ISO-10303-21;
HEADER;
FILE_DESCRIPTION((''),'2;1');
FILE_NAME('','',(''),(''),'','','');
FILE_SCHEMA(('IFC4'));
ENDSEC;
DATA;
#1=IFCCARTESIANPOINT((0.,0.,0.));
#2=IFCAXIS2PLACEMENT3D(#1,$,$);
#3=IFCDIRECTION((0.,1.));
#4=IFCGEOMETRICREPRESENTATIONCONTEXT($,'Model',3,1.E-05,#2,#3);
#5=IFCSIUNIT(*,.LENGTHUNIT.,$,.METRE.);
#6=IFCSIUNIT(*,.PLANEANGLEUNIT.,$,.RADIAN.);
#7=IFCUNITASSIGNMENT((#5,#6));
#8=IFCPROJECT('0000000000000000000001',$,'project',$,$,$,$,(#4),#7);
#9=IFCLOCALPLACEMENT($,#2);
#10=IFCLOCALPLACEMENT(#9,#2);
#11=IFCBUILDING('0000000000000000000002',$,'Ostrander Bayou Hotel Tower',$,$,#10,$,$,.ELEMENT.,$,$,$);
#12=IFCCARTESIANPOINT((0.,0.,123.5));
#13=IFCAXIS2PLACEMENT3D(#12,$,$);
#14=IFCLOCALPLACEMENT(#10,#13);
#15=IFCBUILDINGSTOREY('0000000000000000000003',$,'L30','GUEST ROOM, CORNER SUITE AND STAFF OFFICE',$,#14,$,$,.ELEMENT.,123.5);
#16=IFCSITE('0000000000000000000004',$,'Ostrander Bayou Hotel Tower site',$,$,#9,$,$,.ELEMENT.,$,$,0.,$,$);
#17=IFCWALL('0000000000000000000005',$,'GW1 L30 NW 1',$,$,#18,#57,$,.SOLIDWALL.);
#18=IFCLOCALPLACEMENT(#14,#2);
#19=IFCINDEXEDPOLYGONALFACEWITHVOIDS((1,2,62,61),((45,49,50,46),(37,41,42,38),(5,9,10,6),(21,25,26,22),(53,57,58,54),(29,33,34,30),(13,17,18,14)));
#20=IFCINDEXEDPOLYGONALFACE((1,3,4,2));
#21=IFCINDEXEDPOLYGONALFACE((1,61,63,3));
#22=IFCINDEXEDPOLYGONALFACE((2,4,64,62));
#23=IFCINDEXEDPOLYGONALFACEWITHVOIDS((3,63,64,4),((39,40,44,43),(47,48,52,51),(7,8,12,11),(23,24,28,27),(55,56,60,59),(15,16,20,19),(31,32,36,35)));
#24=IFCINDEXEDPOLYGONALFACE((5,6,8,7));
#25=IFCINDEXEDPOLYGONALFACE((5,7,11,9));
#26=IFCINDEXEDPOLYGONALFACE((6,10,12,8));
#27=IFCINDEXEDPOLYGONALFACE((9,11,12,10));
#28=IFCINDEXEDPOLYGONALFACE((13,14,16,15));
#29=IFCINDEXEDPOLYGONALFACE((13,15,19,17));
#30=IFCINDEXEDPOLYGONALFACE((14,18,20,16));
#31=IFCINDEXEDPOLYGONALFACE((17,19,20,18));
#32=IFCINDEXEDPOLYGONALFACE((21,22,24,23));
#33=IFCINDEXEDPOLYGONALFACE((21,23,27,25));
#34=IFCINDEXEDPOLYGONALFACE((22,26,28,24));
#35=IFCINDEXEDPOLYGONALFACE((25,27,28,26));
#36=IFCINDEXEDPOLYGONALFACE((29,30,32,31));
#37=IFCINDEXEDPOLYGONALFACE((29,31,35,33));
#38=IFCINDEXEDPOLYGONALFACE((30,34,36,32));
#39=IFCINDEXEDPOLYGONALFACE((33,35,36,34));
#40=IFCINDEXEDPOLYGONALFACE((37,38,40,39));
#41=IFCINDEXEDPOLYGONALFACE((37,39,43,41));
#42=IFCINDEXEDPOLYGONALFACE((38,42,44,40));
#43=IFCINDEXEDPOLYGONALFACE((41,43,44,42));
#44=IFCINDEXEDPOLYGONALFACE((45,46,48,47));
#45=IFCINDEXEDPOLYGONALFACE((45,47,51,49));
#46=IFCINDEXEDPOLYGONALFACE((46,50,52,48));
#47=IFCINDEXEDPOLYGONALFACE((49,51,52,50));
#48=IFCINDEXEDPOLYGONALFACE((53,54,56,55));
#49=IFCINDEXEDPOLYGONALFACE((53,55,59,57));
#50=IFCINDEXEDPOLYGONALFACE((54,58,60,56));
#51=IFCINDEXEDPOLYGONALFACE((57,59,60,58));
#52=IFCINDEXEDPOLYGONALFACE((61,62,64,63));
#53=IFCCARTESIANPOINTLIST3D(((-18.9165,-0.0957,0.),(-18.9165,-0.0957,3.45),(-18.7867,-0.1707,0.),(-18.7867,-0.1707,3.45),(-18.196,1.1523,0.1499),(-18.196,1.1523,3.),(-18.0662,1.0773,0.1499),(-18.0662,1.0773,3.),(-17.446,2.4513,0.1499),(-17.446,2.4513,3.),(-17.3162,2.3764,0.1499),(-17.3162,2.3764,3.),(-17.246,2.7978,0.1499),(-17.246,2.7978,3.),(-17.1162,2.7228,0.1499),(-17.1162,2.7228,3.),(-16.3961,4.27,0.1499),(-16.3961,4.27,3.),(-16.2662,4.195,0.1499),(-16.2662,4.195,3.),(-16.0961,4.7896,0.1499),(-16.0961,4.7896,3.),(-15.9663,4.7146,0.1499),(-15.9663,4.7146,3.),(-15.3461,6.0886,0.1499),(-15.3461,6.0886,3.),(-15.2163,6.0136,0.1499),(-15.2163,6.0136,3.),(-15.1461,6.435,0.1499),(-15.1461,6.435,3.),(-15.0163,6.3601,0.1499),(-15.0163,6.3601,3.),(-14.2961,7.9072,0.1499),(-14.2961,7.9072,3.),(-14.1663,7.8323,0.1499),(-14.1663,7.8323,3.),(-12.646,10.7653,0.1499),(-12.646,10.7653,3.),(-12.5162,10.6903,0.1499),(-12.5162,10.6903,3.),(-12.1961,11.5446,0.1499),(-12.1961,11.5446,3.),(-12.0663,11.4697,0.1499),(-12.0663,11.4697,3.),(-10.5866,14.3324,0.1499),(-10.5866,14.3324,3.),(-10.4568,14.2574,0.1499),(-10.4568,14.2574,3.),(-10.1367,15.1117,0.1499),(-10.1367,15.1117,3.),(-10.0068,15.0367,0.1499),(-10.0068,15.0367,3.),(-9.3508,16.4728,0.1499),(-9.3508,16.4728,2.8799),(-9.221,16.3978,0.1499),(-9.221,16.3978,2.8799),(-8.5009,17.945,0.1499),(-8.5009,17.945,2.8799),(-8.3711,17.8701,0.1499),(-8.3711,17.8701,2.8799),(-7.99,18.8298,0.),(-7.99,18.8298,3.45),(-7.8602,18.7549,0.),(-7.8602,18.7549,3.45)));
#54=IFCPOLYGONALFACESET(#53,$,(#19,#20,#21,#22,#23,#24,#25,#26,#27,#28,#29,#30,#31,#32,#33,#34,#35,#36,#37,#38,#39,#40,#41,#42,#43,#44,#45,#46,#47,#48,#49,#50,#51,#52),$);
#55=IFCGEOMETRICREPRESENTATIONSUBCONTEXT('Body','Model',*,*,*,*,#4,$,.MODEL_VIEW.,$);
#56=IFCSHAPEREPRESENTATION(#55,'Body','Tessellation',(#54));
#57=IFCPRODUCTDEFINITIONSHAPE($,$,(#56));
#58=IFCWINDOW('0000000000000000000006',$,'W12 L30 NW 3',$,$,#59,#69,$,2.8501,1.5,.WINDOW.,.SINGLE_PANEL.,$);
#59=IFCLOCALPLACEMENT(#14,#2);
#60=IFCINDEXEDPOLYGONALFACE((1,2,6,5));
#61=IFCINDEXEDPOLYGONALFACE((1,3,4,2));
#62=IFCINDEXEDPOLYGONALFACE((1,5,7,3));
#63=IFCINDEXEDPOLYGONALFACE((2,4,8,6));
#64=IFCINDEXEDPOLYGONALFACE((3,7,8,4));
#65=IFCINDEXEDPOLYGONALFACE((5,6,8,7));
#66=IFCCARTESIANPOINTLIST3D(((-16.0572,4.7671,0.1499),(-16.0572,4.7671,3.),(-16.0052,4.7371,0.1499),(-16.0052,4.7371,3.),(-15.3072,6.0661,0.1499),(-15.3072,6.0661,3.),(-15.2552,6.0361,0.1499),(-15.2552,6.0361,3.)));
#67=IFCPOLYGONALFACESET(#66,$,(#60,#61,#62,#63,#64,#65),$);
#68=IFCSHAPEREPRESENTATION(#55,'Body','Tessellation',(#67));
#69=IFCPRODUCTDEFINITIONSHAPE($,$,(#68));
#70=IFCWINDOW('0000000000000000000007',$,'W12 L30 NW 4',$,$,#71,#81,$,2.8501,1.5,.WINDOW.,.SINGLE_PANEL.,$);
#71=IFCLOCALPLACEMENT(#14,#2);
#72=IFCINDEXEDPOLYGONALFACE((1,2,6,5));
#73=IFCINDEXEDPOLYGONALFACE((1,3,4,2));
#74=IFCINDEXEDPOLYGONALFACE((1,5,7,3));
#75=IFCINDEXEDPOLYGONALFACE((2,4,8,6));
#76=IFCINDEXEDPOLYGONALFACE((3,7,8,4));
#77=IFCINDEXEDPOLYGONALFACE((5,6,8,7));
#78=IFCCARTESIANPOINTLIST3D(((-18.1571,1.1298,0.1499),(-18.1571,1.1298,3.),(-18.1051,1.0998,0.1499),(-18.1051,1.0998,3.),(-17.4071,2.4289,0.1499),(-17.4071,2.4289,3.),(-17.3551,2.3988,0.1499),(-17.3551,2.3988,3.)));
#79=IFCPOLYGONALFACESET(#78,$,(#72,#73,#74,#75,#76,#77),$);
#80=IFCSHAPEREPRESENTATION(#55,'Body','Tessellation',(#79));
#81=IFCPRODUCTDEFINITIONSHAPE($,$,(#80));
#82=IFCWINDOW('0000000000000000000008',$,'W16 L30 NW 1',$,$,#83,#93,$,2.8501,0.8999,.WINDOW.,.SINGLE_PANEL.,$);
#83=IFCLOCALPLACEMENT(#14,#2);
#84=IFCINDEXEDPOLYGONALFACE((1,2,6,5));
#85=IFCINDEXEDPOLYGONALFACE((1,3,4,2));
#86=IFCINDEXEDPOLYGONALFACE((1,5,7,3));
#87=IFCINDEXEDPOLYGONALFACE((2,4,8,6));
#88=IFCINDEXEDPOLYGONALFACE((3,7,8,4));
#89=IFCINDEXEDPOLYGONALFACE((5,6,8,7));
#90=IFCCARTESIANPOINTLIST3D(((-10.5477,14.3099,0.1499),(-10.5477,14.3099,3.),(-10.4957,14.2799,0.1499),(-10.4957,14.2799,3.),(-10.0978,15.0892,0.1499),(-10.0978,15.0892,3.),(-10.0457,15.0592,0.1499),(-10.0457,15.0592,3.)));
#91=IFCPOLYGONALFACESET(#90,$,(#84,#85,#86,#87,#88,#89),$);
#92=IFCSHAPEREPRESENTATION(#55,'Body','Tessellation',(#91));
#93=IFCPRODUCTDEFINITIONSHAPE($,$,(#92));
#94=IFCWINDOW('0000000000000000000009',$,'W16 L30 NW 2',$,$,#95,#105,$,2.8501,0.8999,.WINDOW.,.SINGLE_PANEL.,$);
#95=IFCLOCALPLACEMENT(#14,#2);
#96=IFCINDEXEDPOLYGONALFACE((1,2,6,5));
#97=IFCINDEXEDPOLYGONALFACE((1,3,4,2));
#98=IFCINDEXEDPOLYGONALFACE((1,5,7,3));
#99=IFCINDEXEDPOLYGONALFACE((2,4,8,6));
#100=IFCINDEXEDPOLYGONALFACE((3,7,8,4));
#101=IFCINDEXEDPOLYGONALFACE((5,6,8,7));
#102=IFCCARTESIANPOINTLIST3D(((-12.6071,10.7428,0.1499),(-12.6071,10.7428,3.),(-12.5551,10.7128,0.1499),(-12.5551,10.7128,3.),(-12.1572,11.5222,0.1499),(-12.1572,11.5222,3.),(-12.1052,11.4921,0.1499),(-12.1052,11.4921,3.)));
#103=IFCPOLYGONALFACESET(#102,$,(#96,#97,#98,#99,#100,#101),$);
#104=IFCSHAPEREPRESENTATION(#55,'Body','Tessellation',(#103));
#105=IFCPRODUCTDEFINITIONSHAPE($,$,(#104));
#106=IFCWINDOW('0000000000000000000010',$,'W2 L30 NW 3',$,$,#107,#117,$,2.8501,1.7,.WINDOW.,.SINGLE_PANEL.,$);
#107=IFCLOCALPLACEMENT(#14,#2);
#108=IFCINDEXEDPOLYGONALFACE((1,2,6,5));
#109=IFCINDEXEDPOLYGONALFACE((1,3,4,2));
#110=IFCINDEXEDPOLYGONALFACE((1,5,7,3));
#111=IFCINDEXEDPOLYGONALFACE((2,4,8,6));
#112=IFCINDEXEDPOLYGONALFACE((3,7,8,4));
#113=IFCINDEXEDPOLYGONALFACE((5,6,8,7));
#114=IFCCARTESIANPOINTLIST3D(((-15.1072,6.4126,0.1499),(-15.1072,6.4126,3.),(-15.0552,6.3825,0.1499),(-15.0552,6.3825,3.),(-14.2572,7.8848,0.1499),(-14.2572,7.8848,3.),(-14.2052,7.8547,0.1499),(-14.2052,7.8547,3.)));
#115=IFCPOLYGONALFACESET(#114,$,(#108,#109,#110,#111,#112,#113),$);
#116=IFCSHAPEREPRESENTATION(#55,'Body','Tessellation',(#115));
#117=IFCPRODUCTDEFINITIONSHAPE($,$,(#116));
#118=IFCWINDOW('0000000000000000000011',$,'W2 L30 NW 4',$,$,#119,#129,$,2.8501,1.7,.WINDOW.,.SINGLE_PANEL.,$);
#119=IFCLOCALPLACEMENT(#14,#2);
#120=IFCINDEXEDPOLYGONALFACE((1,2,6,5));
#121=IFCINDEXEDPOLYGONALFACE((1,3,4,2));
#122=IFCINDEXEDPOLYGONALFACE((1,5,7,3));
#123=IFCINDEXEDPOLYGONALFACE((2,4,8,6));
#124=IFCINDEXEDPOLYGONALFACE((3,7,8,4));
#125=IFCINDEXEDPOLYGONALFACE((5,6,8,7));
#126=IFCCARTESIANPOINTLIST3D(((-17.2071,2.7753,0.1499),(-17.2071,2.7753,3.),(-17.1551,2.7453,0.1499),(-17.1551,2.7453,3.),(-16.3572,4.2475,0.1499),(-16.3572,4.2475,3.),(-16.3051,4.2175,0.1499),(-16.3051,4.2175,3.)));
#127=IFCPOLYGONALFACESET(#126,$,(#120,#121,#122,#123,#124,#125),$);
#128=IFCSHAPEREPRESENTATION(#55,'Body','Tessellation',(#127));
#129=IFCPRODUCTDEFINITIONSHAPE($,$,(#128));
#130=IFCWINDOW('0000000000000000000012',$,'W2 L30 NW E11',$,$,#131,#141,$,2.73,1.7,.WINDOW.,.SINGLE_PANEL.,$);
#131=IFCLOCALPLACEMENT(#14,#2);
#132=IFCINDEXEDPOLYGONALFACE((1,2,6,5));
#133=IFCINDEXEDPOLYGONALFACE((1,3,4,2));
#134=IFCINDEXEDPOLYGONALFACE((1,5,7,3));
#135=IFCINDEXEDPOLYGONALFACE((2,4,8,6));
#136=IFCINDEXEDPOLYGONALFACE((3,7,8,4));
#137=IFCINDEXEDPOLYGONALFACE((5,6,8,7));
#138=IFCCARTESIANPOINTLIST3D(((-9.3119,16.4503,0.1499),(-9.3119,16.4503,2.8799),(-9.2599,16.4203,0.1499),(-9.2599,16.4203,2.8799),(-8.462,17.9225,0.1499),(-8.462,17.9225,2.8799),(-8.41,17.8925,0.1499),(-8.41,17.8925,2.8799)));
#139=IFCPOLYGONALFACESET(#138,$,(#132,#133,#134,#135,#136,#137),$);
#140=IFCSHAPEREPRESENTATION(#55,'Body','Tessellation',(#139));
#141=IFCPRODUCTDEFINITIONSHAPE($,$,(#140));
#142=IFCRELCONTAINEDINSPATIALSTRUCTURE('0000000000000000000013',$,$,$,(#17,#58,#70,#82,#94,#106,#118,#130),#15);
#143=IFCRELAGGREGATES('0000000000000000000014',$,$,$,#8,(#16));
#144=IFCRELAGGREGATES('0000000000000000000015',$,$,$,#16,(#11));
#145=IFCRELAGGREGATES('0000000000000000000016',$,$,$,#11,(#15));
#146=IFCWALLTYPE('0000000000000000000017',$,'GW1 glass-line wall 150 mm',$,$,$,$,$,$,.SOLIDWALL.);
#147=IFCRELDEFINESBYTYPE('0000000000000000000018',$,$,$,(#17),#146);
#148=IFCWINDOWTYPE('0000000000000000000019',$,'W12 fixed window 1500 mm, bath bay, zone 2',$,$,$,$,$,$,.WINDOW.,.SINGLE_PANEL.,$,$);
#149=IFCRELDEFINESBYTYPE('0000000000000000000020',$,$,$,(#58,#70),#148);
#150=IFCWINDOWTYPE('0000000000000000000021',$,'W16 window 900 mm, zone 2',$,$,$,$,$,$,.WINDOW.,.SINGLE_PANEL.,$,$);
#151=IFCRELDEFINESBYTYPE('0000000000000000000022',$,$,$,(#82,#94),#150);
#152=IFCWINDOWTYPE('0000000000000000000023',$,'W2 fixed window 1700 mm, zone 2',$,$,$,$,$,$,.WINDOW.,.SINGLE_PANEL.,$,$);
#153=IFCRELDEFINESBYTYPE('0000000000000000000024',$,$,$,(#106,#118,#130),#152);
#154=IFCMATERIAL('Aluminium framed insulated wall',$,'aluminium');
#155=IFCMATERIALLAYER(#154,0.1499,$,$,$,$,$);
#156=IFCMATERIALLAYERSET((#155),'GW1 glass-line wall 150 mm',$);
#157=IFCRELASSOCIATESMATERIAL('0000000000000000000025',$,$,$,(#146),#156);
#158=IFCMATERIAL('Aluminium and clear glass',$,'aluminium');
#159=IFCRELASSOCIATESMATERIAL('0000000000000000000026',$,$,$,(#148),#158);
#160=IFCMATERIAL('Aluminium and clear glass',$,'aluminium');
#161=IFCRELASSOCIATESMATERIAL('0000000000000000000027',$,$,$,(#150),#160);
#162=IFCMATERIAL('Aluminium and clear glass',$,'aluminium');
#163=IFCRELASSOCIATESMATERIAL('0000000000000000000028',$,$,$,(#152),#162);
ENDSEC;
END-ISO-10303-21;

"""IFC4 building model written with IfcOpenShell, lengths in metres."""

from ifc_helpers import new_model, si_unit, direction, frame, frame_2d, origin, place, context, subcontext, project, spatial, rectangle, extrude, material, layer, layer_set, type_object, element, fill, save


model = new_model("IFC4")

# Units and contexts
model_context = context("Model", 3, precision=1e-05, world=origin(), true_north=direction((0.0, 1.0)))
body_context = subcontext(model_context, "Body", "Model", "MODEL_VIEW")
ifc_project = project(units=[si_unit("LENGTHUNIT", "METRE"), si_unit("PLANEANGLEUNIT", "RADIAN")], contexts=[model_context])

# Site, building, storey
site_placement = place(None, origin())
site = spatial("IfcSite", under=ifc_project, at=site_placement, Name="Ostrander Bayou Hotel Tower site", CompositionType="ELEMENT", RefElevation=0.0)
building_placement = place(site_placement, origin())
building = spatial("IfcBuilding", under=site, at=building_placement, Name="Ostrander Bayou Hotel Tower", CompositionType="ELEMENT")
storey_placement = place(building_placement, frame((0.0, 0.0, 123.5)))
storey = spatial("IfcBuildingStorey", under=building, at=storey_placement, Name="L30", Description="GUEST ROOM, CORNER SUITE AND STAFF OFFICE", CompositionType="ELEMENT", Elevation=123.5)

# Wall, openings, windows
ifc_material_1 = material(Name="Aluminium framed insulated wall", Category="aluminium")
ifc_layer_1 = layer(ifc_material_1, 0.1499)
ifc_layer_set_1 = layer_set([ifc_layer_1], Name="GW1 glass-line wall 150 mm")
wall_type_1 = type_object("IfcWallType", Name="GW1 glass-line wall 150 mm", PredefinedType="SOLIDWALL", material=ifc_layer_set_1)
wall_1_placement = place(storey_placement, frame((-7.925, 18.7925, 0.0), z_axis=(0.0, 0.0, 1.0), x_axis=(-0.499995, -0.866028, 0.0)))
wall_1 = element("IfcWall", 1, at=wall_1_placement, inside=storey, type_object=wall_type_1, Name="GW1 L30 NW 1", PredefinedType="SOLIDWALL", context=body_context, shape_type="SweptSolid", body=[
    extrude(rectangle(XDim=21.8533, YDim=0.1499, at=frame_2d((10.9268, 0.0))), origin(), (0.0, 0.0, 1.0), 3.45),
])
opening_1_placement = place(wall_1_placement, frame((4.2935, 0.0, 0.1499)))
opening_1 = element("IfcOpeningElement", 2, at=opening_1_placement, cuts=wall_1, PredefinedType="OPENING", context=body_context, shape_type="SweptSolid", body=[
    extrude(rectangle(XDim=0.8999, YDim=2.8501, at=frame_2d((0.45, 1.425))), frame((0.0, 0.075, 0.0), z_axis=(0.0, -1.0, 0.0), x_axis=(1.0, 0.0, 0.0)), (0.0, 0.0, 1.0), 0.1499),
])
opening_2_placement = place(wall_1_placement, frame((8.4124, 0.0, 0.1499)))
opening_2 = element("IfcOpeningElement", 3, at=opening_2_placement, cuts=wall_1, PredefinedType="OPENING", context=body_context, shape_type="SweptSolid", body=[
    extrude(rectangle(XDim=0.8999, YDim=2.8501, at=frame_2d((0.45, 1.425))), frame((0.0, 0.075, 0.0), z_axis=(0.0, -1.0, 0.0), x_axis=(1.0, 0.0, 0.0)), (0.0, 0.0, 1.0), 0.1499),
])
opening_3_placement = place(wall_1_placement, frame((12.6123, 0.0, 0.1499)))
opening_3 = element("IfcOpeningElement", 4, at=opening_3_placement, cuts=wall_1, PredefinedType="OPENING", context=body_context, shape_type="SweptSolid", body=[
    extrude(rectangle(XDim=1.7, YDim=2.8501, at=frame_2d((0.8501, 1.425))), frame((0.0, 0.075, 0.0), z_axis=(0.0, -1.0, 0.0), x_axis=(1.0, 0.0, 0.0)), (0.0, 0.0, 1.0), 0.1499),
])
opening_4_placement = place(wall_1_placement, frame((14.7124, 0.0, 0.1499)))
opening_4 = element("IfcOpeningElement", 5, at=opening_4_placement, cuts=wall_1, PredefinedType="OPENING", context=body_context, shape_type="SweptSolid", body=[
    extrude(rectangle(XDim=1.5, YDim=2.8501, at=frame_2d((0.75, 1.425))), frame((0.0, 0.075, 0.0), z_axis=(0.0, -1.0, 0.0), x_axis=(1.0, 0.0, 0.0)), (0.0, 0.0, 1.0), 0.1499),
])
opening_5_placement = place(wall_1_placement, frame((16.8123, 0.0, 0.1499)))
opening_5 = element("IfcOpeningElement", 6, at=opening_5_placement, cuts=wall_1, PredefinedType="OPENING", context=body_context, shape_type="SweptSolid", body=[
    extrude(rectangle(XDim=1.7, YDim=2.8501, at=frame_2d((0.8501, 1.425))), frame((0.0, 0.075, 0.0), z_axis=(0.0, -1.0, 0.0), x_axis=(1.0, 0.0, 0.0)), (0.0, 0.0, 1.0), 0.1499),
])
opening_6_placement = place(wall_1_placement, frame((18.9124, 0.0, 0.1499)))
opening_6 = element("IfcOpeningElement", 7, at=opening_6_placement, cuts=wall_1, PredefinedType="OPENING", context=body_context, shape_type="SweptSolid", body=[
    extrude(rectangle(XDim=1.5, YDim=2.8501, at=frame_2d((0.75, 1.425))), frame((0.0, 0.075, 0.0), z_axis=(0.0, -1.0, 0.0), x_axis=(1.0, 0.0, 0.0)), (0.0, 0.0, 1.0), 0.1499),
])
opening_7_placement = place(wall_1_placement, frame((1.0217, 0.0, 0.1499)))
opening_7 = element("IfcOpeningElement", 8, at=opening_7_placement, cuts=wall_1, PredefinedType="OPENING", context=body_context, shape_type="SweptSolid", body=[
    extrude(rectangle(XDim=1.7, YDim=2.73, at=frame_2d((0.8501, 1.365))), frame((0.0, 0.075, 0.0), z_axis=(0.0, -1.0, 0.0), x_axis=(1.0, 0.0, 0.0)), (0.0, 0.0, 1.0), 0.1499),
])
ifc_material_2 = material(Name="Aluminium and clear glass", Category="aluminium")
window_type_1 = type_object("IfcWindowType", Name="W12 fixed window 1500 mm, bath bay, zone 2", PartitioningType="SINGLE_PANEL", PredefinedType="WINDOW", material=ifc_material_2)
window_1_placement = place(opening_4_placement, origin())
window_1 = element("IfcWindow", 9, at=window_1_placement, inside=storey, type_object=window_type_1, Name="W12 L30 NW 3", OverallHeight=2.8501, OverallWidth=1.5, PartitioningType="SINGLE_PANEL", PredefinedType="WINDOW", context=body_context, shape_type="SweptSolid", body=[
    extrude(rectangle(XDim=1.5, YDim=2.8501, at=frame_2d((0.75, 1.425))), frame((0.0, 0.03, 0.0), z_axis=(0.0, -1.0, 0.0), x_axis=(1.0, 0.0, 0.0)), (0.0, 0.0, 1.0), 0.0601),
])
fill(opening_4, window_1)
window_2_placement = place(opening_6_placement, origin())
window_2 = element("IfcWindow", 10, at=window_2_placement, inside=storey, type_object=window_type_1, Name="W12 L30 NW 4", OverallHeight=2.8501, OverallWidth=1.5, PartitioningType="SINGLE_PANEL", PredefinedType="WINDOW", context=body_context, shape_type="SweptSolid", body=[
    extrude(rectangle(XDim=1.5, YDim=2.8501, at=frame_2d((0.75, 1.425))), frame((0.0, 0.03, 0.0), z_axis=(0.0, -1.0, 0.0), x_axis=(1.0, 0.0, 0.0)), (0.0, 0.0, 1.0), 0.0601),
])
fill(opening_6, window_2)
ifc_material_3 = material(Name="Aluminium and clear glass", Category="aluminium")
window_type_2 = type_object("IfcWindowType", Name="W16 window 900 mm, zone 2", PartitioningType="SINGLE_PANEL", PredefinedType="WINDOW", material=ifc_material_3)
window_3_placement = place(opening_1_placement, origin())
window_3 = element("IfcWindow", 11, at=window_3_placement, inside=storey, type_object=window_type_2, Name="W16 L30 NW 1", OverallHeight=2.8501, OverallWidth=0.8999, PartitioningType="SINGLE_PANEL", PredefinedType="WINDOW", context=body_context, shape_type="SweptSolid", body=[
    extrude(rectangle(XDim=0.8999, YDim=2.8501, at=frame_2d((0.45, 1.425))), frame((0.0, 0.03, 0.0), z_axis=(0.0, -1.0, 0.0), x_axis=(1.0, 0.0, 0.0)), (0.0, 0.0, 1.0), 0.0601),
])
fill(opening_1, window_3)
window_4_placement = place(opening_2_placement, origin())
window_4 = element("IfcWindow", 12, at=window_4_placement, inside=storey, type_object=window_type_2, Name="W16 L30 NW 2", OverallHeight=2.8501, OverallWidth=0.8999, PartitioningType="SINGLE_PANEL", PredefinedType="WINDOW", context=body_context, shape_type="SweptSolid", body=[
    extrude(rectangle(XDim=0.8999, YDim=2.8501, at=frame_2d((0.45, 1.425))), frame((0.0, 0.03, 0.0), z_axis=(0.0, -1.0, 0.0), x_axis=(1.0, 0.0, 0.0)), (0.0, 0.0, 1.0), 0.0601),
])
fill(opening_2, window_4)
ifc_material_4 = material(Name="Aluminium and clear glass", Category="aluminium")
window_type_3 = type_object("IfcWindowType", Name="W2 fixed window 1700 mm, zone 2", PartitioningType="SINGLE_PANEL", PredefinedType="WINDOW", material=ifc_material_4)
window_5_placement = place(opening_3_placement, origin())
window_5 = element("IfcWindow", 13, at=window_5_placement, inside=storey, type_object=window_type_3, Name="W2 L30 NW 3", OverallHeight=2.8501, OverallWidth=1.7, PartitioningType="SINGLE_PANEL", PredefinedType="WINDOW", context=body_context, shape_type="SweptSolid", body=[
    extrude(rectangle(XDim=1.7, YDim=2.8501, at=frame_2d((0.8501, 1.425))), frame((0.0, 0.03, 0.0), z_axis=(0.0, -1.0, 0.0), x_axis=(1.0, 0.0, 0.0)), (0.0, 0.0, 1.0), 0.0601),
])
fill(opening_3, window_5)
window_6_placement = place(opening_5_placement, origin())
window_6 = element("IfcWindow", 14, at=window_6_placement, inside=storey, type_object=window_type_3, Name="W2 L30 NW 4", OverallHeight=2.8501, OverallWidth=1.7, PartitioningType="SINGLE_PANEL", PredefinedType="WINDOW", context=body_context, shape_type="SweptSolid", body=[
    extrude(rectangle(XDim=1.7, YDim=2.8501, at=frame_2d((0.8501, 1.425))), frame((0.0, 0.03, 0.0), z_axis=(0.0, -1.0, 0.0), x_axis=(1.0, 0.0, 0.0)), (0.0, 0.0, 1.0), 0.0601),
])
fill(opening_5, window_6)
window_7_placement = place(opening_7_placement, origin())
window_7 = element("IfcWindow", 15, at=window_7_placement, inside=storey, type_object=window_type_3, Name="W2 L30 NW E11", OverallHeight=2.73, OverallWidth=1.7, PartitioningType="SINGLE_PANEL", PredefinedType="WINDOW", context=body_context, shape_type="SweptSolid", body=[
    extrude(rectangle(XDim=1.7, YDim=2.73, at=frame_2d((0.8501, 1.365))), frame((0.0, 0.03, 0.0), z_axis=(0.0, -1.0, 0.0), x_axis=(1.0, 0.0, 0.0)), (0.0, 0.0, 1.0), 0.0601),
])
fill(opening_7, window_7)

save(model, "model.ifc")
